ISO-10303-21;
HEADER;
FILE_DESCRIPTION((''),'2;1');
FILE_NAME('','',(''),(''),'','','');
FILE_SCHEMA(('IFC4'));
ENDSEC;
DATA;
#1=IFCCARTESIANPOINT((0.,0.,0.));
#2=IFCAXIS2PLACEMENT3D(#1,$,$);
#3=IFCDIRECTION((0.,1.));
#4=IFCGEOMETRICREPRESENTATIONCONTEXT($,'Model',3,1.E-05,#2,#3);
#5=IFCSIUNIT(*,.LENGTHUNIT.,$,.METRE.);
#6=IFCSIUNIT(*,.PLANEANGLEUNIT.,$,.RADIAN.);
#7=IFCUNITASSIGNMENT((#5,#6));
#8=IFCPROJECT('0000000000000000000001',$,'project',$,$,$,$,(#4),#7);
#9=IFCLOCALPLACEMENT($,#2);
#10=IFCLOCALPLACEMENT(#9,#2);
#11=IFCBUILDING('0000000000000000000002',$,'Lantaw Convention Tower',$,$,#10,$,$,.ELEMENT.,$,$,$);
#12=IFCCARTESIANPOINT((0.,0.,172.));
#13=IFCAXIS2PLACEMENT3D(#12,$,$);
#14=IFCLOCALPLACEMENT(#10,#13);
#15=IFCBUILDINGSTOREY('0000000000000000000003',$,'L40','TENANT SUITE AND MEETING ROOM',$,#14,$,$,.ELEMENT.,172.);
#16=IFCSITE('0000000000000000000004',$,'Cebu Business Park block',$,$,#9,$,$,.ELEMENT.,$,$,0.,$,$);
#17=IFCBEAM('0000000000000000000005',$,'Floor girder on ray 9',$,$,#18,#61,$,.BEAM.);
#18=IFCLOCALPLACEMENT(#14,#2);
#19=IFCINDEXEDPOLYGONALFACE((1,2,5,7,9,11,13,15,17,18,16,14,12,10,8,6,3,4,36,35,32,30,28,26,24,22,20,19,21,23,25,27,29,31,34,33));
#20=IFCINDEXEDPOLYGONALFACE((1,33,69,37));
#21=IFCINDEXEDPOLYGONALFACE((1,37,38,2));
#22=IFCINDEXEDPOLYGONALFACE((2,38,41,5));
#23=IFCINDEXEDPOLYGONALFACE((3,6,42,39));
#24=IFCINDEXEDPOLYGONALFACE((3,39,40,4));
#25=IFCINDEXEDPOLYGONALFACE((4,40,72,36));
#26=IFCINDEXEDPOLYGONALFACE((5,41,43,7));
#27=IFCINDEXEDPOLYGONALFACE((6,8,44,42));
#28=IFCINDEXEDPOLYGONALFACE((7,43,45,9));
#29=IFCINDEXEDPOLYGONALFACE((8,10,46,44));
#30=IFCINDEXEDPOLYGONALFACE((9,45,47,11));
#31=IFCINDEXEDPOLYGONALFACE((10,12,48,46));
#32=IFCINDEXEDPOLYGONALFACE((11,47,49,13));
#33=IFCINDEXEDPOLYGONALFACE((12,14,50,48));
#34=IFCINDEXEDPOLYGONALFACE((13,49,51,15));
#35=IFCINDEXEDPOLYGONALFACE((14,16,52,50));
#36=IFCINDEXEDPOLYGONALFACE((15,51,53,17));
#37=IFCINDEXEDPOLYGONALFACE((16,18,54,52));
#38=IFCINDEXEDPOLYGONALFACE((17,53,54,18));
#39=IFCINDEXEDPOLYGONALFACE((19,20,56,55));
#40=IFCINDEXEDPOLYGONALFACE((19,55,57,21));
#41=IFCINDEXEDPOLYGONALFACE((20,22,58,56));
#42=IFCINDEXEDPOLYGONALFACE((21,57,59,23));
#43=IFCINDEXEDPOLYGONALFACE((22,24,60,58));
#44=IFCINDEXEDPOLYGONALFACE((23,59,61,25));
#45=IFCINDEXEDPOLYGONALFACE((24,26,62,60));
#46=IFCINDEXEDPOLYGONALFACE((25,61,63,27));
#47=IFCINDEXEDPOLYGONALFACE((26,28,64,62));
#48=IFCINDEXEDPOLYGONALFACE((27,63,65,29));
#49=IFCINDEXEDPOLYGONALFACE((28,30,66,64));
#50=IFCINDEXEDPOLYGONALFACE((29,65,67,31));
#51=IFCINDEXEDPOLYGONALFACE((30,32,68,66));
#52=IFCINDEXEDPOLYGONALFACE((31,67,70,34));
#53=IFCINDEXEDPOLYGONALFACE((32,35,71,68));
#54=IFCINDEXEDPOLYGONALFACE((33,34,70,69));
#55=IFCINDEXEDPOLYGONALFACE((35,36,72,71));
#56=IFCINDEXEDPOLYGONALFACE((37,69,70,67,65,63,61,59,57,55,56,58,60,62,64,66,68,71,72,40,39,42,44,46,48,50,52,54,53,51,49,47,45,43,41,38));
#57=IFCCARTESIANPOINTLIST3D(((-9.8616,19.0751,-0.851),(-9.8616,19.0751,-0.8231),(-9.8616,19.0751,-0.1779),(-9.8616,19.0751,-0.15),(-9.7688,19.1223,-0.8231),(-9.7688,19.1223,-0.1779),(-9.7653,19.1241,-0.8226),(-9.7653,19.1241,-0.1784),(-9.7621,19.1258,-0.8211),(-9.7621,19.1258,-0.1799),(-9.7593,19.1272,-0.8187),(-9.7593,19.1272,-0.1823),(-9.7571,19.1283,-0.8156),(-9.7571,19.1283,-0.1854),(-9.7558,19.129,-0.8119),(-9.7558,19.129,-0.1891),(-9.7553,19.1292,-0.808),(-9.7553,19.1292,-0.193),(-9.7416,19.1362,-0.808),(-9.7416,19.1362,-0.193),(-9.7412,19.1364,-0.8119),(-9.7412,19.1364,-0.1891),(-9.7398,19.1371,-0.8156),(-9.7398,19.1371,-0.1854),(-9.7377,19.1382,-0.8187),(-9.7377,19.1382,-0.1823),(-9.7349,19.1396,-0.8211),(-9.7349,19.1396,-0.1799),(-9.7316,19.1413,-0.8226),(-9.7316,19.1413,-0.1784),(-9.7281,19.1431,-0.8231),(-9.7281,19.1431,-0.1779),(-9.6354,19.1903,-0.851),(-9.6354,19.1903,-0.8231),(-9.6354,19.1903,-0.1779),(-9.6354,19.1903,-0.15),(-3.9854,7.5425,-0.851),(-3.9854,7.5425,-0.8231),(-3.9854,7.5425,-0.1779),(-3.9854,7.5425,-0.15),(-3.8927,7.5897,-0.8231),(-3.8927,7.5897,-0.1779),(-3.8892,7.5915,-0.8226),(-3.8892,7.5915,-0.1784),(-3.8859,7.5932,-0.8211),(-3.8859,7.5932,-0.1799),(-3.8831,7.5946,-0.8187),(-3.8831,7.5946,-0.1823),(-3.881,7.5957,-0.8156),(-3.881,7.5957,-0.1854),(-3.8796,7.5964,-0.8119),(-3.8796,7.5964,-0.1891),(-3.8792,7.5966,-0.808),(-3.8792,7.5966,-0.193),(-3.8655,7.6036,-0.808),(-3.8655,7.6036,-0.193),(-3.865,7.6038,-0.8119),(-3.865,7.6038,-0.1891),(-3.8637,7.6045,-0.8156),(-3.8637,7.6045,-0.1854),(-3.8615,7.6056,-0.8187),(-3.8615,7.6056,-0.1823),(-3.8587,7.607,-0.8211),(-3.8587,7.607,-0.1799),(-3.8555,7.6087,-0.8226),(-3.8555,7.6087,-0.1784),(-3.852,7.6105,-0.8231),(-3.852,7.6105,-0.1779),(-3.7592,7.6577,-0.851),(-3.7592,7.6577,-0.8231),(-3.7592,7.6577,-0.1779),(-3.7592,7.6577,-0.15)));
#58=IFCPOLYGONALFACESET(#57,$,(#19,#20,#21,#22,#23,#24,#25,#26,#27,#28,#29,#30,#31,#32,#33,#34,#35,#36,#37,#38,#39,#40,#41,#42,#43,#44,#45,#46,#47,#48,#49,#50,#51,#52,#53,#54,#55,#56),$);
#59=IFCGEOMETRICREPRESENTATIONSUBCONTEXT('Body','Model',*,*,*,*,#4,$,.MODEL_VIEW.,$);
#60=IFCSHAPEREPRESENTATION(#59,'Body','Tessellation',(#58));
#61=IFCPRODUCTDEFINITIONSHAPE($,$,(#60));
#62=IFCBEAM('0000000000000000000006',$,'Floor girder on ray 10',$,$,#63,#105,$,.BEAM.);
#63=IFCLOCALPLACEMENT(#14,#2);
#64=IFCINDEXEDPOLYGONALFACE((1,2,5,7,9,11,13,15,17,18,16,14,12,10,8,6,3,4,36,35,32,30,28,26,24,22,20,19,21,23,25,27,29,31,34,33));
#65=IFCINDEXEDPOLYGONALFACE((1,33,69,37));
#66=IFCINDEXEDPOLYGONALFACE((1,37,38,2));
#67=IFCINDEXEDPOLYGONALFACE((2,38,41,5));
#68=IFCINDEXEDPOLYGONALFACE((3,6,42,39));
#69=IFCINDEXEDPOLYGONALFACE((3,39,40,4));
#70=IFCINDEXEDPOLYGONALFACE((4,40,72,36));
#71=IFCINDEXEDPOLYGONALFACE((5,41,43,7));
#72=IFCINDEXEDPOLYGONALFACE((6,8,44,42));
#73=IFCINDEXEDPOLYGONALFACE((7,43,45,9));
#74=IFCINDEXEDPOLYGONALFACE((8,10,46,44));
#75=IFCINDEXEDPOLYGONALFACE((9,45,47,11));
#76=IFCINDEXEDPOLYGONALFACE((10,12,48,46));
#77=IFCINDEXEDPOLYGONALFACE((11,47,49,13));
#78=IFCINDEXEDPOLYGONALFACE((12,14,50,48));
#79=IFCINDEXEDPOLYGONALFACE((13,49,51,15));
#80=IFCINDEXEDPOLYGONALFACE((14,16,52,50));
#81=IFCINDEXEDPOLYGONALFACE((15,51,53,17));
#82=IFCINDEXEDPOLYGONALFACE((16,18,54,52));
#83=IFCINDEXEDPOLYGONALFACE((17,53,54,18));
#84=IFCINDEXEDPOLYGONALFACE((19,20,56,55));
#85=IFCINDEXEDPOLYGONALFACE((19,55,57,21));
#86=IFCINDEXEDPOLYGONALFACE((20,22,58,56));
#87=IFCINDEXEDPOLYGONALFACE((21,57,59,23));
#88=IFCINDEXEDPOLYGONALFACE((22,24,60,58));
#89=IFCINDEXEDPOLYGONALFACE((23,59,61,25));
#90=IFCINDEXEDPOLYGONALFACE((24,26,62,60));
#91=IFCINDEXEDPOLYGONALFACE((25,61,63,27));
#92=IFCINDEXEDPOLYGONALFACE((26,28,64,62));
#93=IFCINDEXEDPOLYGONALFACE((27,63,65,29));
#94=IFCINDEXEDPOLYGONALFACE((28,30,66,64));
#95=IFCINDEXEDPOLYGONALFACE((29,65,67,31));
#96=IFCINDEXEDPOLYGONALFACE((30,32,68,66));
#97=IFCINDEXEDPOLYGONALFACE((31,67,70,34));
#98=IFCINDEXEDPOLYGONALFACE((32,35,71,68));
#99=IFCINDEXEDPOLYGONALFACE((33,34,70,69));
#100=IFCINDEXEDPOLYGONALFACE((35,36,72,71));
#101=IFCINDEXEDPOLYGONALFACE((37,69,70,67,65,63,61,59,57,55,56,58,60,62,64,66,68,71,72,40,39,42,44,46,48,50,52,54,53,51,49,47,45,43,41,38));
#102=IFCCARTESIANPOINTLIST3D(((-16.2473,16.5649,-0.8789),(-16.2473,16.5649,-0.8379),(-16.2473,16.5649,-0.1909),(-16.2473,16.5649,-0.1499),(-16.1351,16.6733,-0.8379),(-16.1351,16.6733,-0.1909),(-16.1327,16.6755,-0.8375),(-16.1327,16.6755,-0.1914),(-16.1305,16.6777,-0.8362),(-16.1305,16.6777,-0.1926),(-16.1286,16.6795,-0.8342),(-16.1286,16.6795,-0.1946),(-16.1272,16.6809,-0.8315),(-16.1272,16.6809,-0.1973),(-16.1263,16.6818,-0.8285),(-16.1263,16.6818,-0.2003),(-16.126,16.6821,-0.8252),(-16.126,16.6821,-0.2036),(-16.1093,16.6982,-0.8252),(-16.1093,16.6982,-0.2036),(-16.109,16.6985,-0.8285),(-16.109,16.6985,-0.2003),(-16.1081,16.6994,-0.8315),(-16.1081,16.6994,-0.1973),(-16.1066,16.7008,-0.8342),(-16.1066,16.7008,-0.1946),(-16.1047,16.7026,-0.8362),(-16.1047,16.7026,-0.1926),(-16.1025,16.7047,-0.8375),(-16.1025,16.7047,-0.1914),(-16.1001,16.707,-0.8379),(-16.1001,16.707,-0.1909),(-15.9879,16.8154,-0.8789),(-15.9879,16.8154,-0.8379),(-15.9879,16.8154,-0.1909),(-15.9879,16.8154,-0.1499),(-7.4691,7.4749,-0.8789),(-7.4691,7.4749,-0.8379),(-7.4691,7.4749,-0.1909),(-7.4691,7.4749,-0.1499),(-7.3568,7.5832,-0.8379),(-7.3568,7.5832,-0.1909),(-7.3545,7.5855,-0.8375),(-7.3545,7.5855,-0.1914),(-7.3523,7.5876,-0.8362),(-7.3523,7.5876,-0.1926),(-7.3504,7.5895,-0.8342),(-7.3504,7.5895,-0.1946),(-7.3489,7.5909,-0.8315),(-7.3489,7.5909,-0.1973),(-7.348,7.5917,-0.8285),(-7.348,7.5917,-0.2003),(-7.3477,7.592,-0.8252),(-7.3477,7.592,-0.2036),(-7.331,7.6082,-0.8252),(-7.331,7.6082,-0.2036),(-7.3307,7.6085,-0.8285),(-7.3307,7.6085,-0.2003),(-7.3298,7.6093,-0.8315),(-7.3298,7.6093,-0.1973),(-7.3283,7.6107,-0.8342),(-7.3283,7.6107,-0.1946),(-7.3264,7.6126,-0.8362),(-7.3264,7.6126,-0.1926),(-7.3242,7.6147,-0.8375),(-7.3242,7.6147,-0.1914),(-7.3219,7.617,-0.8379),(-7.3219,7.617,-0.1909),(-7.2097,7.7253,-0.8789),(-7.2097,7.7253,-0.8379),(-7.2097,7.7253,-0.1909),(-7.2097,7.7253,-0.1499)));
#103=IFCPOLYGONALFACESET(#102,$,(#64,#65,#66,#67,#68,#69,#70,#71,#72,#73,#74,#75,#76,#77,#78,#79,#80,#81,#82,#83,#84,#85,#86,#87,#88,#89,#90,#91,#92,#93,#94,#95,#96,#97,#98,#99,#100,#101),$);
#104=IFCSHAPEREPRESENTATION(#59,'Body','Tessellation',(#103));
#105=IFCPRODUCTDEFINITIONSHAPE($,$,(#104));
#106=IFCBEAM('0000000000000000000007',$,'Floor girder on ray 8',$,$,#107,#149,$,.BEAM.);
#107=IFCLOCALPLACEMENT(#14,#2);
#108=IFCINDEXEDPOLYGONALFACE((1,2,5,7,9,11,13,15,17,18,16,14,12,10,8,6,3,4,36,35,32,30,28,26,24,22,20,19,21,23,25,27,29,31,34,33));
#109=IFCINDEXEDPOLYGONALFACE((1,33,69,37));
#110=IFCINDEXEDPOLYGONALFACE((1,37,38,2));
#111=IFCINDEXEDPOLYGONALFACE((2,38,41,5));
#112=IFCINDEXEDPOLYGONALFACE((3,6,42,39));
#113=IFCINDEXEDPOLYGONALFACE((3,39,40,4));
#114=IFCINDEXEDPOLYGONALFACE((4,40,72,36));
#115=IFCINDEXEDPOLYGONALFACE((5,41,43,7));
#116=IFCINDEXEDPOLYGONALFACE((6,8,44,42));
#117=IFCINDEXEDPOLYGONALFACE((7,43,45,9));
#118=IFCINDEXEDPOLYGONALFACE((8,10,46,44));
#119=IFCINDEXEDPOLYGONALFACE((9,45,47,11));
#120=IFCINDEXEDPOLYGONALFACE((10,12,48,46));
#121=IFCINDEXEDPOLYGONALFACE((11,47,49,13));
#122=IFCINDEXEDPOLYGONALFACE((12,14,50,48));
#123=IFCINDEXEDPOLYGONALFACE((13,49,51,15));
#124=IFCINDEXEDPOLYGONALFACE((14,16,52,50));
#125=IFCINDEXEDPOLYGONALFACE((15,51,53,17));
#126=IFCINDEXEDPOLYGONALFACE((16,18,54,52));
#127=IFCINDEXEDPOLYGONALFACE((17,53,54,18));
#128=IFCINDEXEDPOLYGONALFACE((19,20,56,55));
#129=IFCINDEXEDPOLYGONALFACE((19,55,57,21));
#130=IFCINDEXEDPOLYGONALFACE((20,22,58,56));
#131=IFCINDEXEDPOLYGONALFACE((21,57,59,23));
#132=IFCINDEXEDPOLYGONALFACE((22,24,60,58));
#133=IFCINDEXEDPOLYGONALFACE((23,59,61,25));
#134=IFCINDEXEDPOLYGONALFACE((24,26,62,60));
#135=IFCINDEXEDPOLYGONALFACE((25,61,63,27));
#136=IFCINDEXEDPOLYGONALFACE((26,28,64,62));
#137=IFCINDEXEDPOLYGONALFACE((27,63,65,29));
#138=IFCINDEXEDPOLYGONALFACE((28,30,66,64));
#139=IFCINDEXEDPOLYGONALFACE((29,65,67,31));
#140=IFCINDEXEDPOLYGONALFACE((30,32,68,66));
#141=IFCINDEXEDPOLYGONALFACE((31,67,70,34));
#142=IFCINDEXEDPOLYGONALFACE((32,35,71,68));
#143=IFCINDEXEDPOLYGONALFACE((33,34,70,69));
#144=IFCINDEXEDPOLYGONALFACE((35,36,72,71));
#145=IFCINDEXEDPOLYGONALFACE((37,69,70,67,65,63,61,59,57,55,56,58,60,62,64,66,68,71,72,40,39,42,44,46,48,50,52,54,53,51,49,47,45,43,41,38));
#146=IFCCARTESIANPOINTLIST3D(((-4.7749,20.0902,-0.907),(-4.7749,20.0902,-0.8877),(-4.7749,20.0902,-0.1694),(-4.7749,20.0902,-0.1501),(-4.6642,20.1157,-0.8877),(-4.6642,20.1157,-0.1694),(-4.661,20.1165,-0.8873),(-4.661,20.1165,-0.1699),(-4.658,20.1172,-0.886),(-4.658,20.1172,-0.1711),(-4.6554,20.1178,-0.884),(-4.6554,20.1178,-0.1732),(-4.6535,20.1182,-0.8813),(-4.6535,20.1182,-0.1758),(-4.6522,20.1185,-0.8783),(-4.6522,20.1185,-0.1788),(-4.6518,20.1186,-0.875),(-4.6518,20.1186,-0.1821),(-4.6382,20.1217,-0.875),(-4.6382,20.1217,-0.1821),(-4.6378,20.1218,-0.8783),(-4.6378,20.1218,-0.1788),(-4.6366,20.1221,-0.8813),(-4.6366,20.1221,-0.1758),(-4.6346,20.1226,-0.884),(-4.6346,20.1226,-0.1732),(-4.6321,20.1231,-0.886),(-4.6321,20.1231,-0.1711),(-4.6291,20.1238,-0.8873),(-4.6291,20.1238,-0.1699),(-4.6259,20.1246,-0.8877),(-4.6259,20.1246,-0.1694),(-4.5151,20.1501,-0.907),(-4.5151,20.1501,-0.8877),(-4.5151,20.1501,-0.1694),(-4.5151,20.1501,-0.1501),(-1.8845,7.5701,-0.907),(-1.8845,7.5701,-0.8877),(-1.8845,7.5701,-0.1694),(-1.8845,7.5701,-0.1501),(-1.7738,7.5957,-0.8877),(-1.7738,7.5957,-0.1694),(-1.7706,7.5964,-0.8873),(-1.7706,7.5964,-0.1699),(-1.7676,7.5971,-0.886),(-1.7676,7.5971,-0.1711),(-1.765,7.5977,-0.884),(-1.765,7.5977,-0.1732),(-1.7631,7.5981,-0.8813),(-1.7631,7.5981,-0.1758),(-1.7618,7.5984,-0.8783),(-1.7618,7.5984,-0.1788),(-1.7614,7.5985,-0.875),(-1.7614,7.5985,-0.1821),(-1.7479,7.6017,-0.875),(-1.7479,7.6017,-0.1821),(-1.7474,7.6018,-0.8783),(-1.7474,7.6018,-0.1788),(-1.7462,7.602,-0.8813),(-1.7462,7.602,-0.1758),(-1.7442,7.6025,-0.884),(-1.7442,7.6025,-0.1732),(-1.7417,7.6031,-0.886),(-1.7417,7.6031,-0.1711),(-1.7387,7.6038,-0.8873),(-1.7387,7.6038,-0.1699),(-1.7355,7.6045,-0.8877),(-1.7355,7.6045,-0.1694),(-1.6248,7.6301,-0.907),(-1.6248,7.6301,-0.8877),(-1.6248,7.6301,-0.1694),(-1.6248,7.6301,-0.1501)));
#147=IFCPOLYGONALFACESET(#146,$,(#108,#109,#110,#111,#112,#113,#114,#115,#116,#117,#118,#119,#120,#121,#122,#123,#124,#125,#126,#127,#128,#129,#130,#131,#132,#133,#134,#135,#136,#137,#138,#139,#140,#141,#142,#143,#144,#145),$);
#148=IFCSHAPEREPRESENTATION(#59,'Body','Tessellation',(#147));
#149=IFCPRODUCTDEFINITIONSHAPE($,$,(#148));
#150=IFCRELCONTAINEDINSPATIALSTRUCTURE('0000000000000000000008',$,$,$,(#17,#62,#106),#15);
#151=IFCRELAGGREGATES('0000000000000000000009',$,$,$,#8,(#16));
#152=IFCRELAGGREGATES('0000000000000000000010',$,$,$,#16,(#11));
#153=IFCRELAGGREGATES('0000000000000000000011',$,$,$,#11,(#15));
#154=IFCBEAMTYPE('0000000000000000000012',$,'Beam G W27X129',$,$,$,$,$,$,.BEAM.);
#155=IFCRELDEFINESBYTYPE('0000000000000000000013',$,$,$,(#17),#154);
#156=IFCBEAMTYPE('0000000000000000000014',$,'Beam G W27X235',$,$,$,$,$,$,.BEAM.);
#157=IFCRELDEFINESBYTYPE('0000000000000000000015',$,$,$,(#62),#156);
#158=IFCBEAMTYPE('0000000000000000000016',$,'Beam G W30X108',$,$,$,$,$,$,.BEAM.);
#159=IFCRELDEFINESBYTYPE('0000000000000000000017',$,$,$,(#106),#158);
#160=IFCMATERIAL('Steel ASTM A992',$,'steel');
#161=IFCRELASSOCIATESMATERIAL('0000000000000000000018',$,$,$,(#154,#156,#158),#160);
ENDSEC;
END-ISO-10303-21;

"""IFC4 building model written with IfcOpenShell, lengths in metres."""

from ifc_helpers import new_model, si_unit, direction, frame, origin, origin_2d, place, context, subcontext, project, spatial, i_section, extrude, material, material_profile, profile_set, type_object, element, save


model = new_model("IFC4")

# Units and contexts
model_context = context("Model", 3, precision=1e-05, world=origin(), true_north=direction((0.0, 1.0)))
body_context = subcontext(model_context, "Body", "Model", "MODEL_VIEW")
ifc_project = project(units=[si_unit("LENGTHUNIT", "METRE"), si_unit("PLANEANGLEUNIT", "RADIAN")], contexts=[model_context])

# Site, building, storey
site_placement = place(None, origin())
site = spatial("IfcSite", under=ifc_project, at=site_placement, Name="Cebu Business Park block", CompositionType="ELEMENT", RefElevation=0.0)
building_placement = place(site_placement, origin())
building = spatial("IfcBuilding", under=site, at=building_placement, Name="Lantaw Convention Tower", CompositionType="ELEMENT")
storey_placement = place(building_placement, frame((0.0, 0.0, 172.0)))
storey = spatial("IfcBuildingStorey", under=building, at=storey_placement, Name="L40", Description="TENANT SUITE AND MEETING ROOM", CompositionType="ELEMENT", Elevation=172.0)

# Beams
ifc_material_1 = material(Name="Steel ASTM A992", Category="steel")
ifc_material_profile_1 = material_profile(ifc_material_1, i_section(OverallWidth=0.2539, OverallDepth=0.7009, WebThickness=0.0154, FlangeThickness=0.0278, FilletRadius=0.0151, at=origin_2d()), Name="W27X129")
ifc_profile_set_1 = profile_set([ifc_material_profile_1], Name="Steel ASTM A992")
beam_type_1 = type_object("IfcBeamType", Name="Beam G W27X129", PredefinedType="BEAM", material=ifc_profile_set_1)
beam_1_placement = place(storey_placement, frame((-3.8723, 7.6001, -0.5005), z_axis=(-0.453991, 0.891006, 0.0), x_axis=(-0.891006, -0.453991, 0.0)))
element("IfcBeam", 1, at=beam_1_placement, inside=storey, type_object=beam_type_1, Name="Floor girder on ray 9", PredefinedType="BEAM", context=body_context, shape_type="SweptSolid", body=[
    extrude(i_section(OverallWidth=0.2539, OverallDepth=0.7009, WebThickness=0.0154, FlangeThickness=0.0278, FilletRadius=0.0151, at=origin_2d()), origin(), (0.0, 0.0, 1.0), 12.9434),
])
ifc_material_profile_2 = material_profile(ifc_material_1, i_section(OverallWidth=0.3606, OverallDepth=0.729, WebThickness=0.0232, FlangeThickness=0.041, FilletRadius=0.0127, at=origin_2d()), Name="W27X235")
ifc_profile_set_2 = profile_set([ifc_material_profile_2], Name="Steel ASTM A992")
beam_type_2 = type_object("IfcBeamType", Name="Beam G W27X235", PredefinedType="BEAM", material=ifc_profile_set_2)
beam_2_placement = place(storey_placement, frame((-7.3394, 7.6001, -0.5144), z_axis=(-0.694663, 0.719335, 0.0), x_axis=(-0.719335, -0.694663, 0.0)))
element("IfcBeam", 2, at=beam_2_placement, inside=storey, type_object=beam_type_2, Name="Floor girder on ray 10", PredefinedType="BEAM", context=body_context, shape_type="SweptSolid", body=[
    extrude(i_section(OverallWidth=0.3606, OverallDepth=0.729, WebThickness=0.0232, FlangeThickness=0.041, FilletRadius=0.0127, at=origin_2d()), origin(), (0.0, 0.0, 1.0), 12.6367),
])
ifc_material_profile_3 = material_profile(ifc_material_1, i_section(OverallWidth=0.2666, OverallDepth=0.7568, WebThickness=0.0139, FlangeThickness=0.0193, FilletRadius=0.0127, at=origin_2d()), Name="W30X108")
ifc_profile_set_3 = profile_set([ifc_material_profile_3], Name="Steel ASTM A992")
beam_type_3 = type_object("IfcBeamType", Name="Beam G W30X108", PredefinedType="BEAM", material=ifc_profile_set_3)
beam_3_placement = place(storey_placement, frame((-1.7546, 7.6001, -0.5286), z_axis=(-0.224944, 0.974372, 0.0), x_axis=(-0.974372, -0.224944, 0.0)))
element("IfcBeam", 3, at=beam_3_placement, inside=storey, type_object=beam_type_3, Name="Floor girder on ray 8", PredefinedType="BEAM", context=body_context, shape_type="SweptSolid", body=[
    extrude(i_section(OverallWidth=0.2666, OverallDepth=0.7568, WebThickness=0.0139, FlangeThickness=0.0193, FilletRadius=0.0127, at=origin_2d()), origin(), (0.0, 0.0, 1.0), 12.8494),
])

save(model, "model.ifc")
